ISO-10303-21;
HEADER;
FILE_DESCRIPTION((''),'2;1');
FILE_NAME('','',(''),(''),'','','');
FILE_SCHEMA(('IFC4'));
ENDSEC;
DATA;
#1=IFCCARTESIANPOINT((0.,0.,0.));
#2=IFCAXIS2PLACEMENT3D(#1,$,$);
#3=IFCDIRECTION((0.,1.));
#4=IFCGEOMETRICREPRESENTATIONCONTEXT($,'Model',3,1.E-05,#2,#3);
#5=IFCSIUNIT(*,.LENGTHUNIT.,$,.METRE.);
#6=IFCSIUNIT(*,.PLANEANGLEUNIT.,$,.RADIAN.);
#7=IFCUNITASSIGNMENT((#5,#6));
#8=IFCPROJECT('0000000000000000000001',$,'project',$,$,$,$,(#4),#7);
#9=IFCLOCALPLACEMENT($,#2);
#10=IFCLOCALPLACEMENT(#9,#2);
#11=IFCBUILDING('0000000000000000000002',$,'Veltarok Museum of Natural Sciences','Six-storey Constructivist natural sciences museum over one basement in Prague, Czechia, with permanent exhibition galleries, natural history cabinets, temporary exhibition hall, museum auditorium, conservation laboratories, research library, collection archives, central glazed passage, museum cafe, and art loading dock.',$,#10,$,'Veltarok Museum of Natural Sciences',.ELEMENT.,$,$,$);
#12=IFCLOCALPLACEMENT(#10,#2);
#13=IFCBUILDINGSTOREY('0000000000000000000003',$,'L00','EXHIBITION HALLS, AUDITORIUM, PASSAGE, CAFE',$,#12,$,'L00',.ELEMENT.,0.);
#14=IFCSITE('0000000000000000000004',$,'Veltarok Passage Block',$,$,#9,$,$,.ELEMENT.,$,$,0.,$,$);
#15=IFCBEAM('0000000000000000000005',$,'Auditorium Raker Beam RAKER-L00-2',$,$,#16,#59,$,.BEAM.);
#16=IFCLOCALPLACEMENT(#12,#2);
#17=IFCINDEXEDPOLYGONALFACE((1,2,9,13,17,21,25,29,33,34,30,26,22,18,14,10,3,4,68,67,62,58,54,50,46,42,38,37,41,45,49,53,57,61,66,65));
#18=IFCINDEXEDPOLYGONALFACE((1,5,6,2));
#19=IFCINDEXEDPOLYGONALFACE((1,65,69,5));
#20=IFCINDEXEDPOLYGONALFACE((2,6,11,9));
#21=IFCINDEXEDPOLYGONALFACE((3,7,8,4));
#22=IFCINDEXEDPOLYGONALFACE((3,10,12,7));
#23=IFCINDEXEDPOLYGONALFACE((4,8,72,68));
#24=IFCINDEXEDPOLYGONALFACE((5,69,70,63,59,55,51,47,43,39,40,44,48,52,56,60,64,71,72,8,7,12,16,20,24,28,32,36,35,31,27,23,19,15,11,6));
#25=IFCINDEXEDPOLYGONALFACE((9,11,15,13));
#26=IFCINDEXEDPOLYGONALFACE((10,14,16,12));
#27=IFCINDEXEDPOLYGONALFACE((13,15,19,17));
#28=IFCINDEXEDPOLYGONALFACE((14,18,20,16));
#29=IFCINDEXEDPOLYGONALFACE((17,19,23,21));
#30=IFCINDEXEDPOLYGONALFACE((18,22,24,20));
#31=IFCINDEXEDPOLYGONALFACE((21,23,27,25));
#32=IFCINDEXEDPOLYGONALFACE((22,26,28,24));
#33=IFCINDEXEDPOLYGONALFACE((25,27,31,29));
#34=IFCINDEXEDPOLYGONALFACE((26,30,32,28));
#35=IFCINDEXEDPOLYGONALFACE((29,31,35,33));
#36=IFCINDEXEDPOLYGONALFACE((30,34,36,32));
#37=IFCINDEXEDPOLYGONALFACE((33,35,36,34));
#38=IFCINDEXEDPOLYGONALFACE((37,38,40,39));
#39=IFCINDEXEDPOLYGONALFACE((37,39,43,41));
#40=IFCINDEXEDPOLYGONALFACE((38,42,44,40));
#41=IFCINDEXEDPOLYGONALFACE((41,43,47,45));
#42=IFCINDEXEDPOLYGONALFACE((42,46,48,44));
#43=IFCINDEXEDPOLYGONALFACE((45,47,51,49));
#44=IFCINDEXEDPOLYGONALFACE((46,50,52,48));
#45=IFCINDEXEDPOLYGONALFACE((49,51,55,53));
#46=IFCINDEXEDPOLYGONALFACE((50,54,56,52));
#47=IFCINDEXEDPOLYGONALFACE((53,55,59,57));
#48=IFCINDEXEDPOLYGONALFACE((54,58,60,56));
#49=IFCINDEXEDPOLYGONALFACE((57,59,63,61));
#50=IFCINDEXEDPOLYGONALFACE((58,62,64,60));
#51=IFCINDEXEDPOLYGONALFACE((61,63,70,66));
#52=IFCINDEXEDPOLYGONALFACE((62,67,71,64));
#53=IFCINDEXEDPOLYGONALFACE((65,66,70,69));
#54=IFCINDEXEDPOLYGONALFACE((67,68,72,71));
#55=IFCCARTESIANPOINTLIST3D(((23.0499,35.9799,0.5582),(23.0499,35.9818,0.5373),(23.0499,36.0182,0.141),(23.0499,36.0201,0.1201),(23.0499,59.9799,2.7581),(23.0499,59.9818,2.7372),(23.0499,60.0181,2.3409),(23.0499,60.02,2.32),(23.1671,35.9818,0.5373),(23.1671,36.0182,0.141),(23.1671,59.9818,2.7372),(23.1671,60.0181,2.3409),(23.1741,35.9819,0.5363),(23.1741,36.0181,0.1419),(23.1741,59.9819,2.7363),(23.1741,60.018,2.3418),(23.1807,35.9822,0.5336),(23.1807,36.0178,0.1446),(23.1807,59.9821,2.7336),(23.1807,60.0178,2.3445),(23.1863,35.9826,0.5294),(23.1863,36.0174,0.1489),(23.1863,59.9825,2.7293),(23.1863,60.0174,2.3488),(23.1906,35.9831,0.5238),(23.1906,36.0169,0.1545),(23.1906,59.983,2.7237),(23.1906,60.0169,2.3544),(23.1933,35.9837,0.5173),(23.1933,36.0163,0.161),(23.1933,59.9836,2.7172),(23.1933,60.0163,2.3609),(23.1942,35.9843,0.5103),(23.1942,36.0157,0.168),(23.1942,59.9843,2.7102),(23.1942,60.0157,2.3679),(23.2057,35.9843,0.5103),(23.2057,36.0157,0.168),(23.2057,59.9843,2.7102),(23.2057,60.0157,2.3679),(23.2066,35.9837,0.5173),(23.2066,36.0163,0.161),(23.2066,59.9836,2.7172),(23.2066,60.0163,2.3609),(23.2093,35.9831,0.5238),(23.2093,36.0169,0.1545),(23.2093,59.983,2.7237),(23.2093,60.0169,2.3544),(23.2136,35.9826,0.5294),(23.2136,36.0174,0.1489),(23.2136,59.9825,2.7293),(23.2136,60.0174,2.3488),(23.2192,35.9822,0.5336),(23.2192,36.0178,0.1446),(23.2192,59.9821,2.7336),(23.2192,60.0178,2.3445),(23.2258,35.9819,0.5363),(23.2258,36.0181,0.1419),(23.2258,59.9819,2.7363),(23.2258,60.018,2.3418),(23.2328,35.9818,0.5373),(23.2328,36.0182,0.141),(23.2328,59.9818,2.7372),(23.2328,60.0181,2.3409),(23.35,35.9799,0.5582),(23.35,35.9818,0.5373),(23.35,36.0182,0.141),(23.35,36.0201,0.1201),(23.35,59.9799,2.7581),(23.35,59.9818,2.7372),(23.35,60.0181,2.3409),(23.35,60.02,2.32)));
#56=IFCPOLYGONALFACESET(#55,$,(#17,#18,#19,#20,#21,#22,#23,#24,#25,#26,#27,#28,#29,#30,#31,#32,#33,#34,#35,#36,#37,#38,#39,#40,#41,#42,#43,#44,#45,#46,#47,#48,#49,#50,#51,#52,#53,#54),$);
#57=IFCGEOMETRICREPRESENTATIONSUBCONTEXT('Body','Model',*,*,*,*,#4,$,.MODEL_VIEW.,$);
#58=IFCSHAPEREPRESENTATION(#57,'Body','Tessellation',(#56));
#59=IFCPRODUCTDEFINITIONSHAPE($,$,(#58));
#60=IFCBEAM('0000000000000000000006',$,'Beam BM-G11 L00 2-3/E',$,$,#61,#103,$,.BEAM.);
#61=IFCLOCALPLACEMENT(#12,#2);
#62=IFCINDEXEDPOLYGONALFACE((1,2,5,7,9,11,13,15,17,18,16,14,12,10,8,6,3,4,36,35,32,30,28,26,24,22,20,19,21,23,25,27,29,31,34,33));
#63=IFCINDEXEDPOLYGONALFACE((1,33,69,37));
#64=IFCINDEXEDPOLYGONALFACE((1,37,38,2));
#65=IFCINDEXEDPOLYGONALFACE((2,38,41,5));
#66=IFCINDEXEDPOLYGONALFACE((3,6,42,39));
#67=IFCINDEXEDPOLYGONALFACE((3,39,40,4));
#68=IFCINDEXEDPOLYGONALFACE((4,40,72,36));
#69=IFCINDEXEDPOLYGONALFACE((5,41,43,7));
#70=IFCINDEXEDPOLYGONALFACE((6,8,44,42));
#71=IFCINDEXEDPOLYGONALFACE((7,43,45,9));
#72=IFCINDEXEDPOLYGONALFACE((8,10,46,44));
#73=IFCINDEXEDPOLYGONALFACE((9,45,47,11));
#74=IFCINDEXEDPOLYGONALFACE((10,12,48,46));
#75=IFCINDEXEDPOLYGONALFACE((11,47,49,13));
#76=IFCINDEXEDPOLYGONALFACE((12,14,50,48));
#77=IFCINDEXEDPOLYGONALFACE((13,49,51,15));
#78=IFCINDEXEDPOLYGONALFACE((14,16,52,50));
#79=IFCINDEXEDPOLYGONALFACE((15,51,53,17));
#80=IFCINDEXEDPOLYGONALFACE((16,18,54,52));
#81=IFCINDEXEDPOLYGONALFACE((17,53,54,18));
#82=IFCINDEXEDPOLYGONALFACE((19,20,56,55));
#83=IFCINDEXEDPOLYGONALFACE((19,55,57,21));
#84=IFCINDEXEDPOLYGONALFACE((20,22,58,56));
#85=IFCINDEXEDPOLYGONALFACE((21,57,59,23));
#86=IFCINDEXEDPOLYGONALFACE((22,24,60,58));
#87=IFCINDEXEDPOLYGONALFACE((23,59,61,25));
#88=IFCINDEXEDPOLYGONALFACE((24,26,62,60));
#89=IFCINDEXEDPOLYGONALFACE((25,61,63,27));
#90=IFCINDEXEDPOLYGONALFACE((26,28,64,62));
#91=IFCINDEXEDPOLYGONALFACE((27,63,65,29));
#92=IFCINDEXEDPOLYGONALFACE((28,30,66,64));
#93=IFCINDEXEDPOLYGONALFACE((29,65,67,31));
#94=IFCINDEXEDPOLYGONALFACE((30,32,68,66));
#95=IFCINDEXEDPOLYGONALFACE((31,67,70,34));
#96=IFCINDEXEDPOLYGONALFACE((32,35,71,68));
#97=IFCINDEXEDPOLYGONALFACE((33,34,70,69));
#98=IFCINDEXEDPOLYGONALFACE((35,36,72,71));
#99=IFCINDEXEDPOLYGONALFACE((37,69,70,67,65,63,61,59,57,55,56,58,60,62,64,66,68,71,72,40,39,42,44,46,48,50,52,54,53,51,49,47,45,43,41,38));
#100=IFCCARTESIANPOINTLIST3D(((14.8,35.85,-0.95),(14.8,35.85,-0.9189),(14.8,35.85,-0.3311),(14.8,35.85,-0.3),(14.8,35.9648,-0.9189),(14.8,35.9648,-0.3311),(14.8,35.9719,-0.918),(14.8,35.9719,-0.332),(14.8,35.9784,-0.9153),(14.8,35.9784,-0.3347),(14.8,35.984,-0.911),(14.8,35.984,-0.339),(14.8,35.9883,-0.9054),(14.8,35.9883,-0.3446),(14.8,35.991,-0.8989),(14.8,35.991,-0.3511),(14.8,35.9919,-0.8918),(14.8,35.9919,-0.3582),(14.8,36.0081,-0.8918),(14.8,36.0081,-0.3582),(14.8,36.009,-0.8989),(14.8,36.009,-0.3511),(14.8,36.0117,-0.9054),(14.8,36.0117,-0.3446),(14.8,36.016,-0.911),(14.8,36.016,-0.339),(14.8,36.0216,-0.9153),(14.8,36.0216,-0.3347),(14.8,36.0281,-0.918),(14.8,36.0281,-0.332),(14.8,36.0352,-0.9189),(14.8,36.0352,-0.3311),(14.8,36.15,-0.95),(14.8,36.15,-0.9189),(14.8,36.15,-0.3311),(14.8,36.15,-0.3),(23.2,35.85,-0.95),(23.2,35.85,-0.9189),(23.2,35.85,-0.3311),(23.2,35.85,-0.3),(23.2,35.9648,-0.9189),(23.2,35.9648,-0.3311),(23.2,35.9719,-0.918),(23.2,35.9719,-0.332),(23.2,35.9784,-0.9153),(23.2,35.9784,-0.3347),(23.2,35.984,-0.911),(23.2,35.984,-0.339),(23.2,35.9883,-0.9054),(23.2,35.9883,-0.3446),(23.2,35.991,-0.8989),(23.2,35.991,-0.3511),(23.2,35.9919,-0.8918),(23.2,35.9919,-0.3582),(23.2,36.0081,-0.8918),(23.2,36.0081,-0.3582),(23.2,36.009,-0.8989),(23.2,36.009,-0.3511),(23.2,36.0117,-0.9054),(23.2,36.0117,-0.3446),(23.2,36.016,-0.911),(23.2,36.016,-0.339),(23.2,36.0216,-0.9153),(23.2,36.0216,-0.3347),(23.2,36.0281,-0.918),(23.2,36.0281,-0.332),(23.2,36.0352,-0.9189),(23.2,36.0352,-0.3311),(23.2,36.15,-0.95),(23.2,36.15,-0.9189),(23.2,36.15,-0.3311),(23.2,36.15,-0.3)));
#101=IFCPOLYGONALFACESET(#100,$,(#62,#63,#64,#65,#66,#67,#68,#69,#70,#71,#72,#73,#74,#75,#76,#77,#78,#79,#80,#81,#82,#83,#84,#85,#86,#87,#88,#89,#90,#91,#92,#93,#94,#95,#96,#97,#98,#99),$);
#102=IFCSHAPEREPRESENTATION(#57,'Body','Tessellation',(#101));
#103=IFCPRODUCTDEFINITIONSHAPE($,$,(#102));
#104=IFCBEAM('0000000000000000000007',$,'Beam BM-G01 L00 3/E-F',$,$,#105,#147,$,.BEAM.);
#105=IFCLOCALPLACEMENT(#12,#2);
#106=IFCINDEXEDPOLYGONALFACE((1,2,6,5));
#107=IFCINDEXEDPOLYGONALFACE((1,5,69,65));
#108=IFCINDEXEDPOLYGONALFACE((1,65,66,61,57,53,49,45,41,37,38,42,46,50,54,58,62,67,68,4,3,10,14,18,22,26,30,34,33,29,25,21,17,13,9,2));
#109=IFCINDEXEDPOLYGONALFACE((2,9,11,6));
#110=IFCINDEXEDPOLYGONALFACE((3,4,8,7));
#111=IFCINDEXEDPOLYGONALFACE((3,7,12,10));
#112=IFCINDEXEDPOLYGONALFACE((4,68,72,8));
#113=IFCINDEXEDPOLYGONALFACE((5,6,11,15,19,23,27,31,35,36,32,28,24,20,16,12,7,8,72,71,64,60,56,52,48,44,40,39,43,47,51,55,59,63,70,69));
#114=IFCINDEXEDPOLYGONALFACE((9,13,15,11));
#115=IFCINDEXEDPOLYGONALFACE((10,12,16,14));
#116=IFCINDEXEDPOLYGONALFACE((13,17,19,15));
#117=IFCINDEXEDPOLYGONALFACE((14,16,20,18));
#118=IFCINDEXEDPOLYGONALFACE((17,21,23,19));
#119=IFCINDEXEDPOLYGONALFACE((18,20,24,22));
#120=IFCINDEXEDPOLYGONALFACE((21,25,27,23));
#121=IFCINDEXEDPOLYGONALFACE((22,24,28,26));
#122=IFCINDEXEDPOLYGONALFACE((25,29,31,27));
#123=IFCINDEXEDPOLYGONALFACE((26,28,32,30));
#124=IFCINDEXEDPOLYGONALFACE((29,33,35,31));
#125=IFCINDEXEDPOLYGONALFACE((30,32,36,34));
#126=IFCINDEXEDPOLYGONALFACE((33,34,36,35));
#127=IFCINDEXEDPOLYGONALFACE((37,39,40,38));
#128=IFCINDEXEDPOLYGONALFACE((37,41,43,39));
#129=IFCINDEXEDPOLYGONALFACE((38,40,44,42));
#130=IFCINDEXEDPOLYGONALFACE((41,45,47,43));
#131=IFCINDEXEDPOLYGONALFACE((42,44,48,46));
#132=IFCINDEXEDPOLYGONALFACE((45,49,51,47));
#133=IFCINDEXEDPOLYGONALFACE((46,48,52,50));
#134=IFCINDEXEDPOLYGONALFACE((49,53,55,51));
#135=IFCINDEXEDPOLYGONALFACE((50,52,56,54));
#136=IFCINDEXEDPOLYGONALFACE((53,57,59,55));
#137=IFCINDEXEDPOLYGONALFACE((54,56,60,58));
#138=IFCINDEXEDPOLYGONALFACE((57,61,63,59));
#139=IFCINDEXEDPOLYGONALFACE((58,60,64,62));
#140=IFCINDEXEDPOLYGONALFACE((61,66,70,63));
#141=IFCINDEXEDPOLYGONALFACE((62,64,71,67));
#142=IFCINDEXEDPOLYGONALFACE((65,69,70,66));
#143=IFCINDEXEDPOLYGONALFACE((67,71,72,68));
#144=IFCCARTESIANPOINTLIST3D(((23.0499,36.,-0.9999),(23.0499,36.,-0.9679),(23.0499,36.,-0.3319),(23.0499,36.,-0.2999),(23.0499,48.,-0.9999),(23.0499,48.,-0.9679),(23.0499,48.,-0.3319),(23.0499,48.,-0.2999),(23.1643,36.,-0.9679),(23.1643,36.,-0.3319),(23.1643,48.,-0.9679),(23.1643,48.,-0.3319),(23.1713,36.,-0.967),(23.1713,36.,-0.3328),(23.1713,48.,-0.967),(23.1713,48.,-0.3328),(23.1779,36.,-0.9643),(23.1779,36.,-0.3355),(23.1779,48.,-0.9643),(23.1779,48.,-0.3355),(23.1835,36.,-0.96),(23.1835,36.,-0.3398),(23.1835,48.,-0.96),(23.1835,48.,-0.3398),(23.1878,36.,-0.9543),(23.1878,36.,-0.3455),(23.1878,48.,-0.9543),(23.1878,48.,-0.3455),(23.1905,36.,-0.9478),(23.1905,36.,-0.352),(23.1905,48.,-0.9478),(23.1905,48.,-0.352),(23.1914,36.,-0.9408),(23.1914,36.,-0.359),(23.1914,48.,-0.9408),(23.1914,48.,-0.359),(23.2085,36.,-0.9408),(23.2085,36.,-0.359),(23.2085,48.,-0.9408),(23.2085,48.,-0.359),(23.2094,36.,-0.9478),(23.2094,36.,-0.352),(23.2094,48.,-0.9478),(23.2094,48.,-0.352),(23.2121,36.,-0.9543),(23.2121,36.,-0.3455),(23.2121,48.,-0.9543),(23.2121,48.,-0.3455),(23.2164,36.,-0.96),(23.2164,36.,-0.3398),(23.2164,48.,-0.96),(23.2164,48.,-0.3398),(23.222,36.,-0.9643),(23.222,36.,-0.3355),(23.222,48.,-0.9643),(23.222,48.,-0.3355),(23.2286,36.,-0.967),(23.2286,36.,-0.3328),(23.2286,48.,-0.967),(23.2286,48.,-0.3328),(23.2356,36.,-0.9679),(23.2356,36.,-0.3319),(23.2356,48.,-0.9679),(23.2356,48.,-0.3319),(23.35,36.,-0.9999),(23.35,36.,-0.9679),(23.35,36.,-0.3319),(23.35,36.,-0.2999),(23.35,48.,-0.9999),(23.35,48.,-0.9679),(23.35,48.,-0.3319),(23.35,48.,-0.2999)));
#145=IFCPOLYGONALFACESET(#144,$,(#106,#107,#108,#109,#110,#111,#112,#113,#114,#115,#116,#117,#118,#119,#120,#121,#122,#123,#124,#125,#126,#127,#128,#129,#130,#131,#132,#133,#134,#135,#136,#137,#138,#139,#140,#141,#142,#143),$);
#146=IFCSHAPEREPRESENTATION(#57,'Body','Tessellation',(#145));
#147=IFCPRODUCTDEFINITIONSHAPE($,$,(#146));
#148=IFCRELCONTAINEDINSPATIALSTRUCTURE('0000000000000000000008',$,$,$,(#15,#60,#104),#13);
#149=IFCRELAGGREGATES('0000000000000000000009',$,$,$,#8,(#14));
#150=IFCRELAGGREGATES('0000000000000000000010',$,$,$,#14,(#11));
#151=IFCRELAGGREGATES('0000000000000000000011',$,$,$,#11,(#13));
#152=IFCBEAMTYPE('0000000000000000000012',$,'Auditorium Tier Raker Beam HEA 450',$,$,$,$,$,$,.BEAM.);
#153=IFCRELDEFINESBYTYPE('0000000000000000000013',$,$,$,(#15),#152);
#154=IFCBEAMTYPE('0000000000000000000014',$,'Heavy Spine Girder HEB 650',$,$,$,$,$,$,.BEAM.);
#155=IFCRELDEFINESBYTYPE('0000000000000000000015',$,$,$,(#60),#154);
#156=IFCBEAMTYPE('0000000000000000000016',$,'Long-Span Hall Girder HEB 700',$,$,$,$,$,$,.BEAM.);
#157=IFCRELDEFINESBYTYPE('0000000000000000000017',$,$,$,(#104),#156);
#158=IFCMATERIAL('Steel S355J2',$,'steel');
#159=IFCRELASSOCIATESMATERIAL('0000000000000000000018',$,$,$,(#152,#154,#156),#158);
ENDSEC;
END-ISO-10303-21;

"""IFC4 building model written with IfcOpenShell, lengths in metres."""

from ifc_helpers import new_model, si_unit, direction, frame, origin, origin_2d, place, context, subcontext, project, spatial, i_section, extrude, material, material_profile, profile_set, type_object, element, save


model = new_model("IFC4")

# Units and contexts
model_context = context("Model", 3, precision=1e-05, world=origin(), true_north=direction((0.0, 1.0)))
body_context = subcontext(model_context, "Body", "Model", "MODEL_VIEW")
ifc_project = project(units=[si_unit("LENGTHUNIT", "METRE"), si_unit("PLANEANGLEUNIT", "RADIAN")], contexts=[model_context])

# Site, building, storey
site_placement = place(None, origin())
site = spatial("IfcSite", under=ifc_project, at=site_placement, Name="Veltarok Passage Block", CompositionType="ELEMENT", RefElevation=0.0)
building_placement = place(site_placement, origin())
building = spatial("IfcBuilding", under=site, at=building_placement, Name="Veltarok Museum of Natural Sciences", Description="Six-storey Constructivist natural sciences museum over one basement in Prague, Czechia, with permanent exhibition galleries, natural history cabinets, temporary exhibition hall, museum auditorium, conservation laboratories, research library, collection archives, central glazed passage, museum cafe, and art loading dock.", LongName="Veltarok Museum of Natural Sciences", CompositionType="ELEMENT")
storey_placement = place(building_placement, origin())
storey = spatial("IfcBuildingStorey", under=building, at=storey_placement, Name="L00", Description="EXHIBITION HALLS, AUDITORIUM, PASSAGE, CAFE", LongName="L00", CompositionType="ELEMENT", Elevation=0.0)

# Shared definitions
ifc_material_1 = material(Name="Steel S355J2", Category="steel")

# Beams
ifc_material_profile_1 = material_profile(ifc_material_1, i_section(OverallWidth=0.3, OverallDepth=0.4399, WebThickness=0.0115, FlangeThickness=0.021, FilletRadius=0.0271, at=origin_2d()), Name="HEA 450")
ifc_profile_set_1 = profile_set([ifc_material_profile_1], Name="Steel S355J2")
beam_type_1 = type_object("IfcBeamType", Name="Auditorium Tier Raker Beam HEA 450", PredefinedType="BEAM", material=ifc_profile_set_1)
for number, where, z_axis, x_axis, name in (
    (1, (23.2, 36.0, 0.3391), (0.0, 0.995825, 0.091282), (-1.0, 0.0, 0.0), "Auditorium Raker Beam RAKER-L00-2"),
):
    element("IfcBeam", number, at=place(storey_placement, frame(where, z_axis=z_axis, x_axis=x_axis)), inside=storey, type_object=beam_type_1, Name=name, PredefinedType="BEAM", context=body_context, shape_type="SweptSolid", body=[
        extrude(i_section(OverallWidth=0.3, OverallDepth=0.4399, WebThickness=0.0115, FlangeThickness=0.021, FilletRadius=0.0271, at=origin_2d()), origin(), (0.0, 0.0, 1.0), 24.1006),
    ])
ifc_material_profile_2 = material_profile(ifc_material_1, i_section(OverallWidth=0.3, OverallDepth=0.6499, WebThickness=0.0161, FlangeThickness=0.031, FilletRadius=0.0271, at=origin_2d()), Name="HEB 650")
ifc_profile_set_2 = profile_set([ifc_material_profile_2], Name="Steel S355J2")
beam_type_2 = type_object("IfcBeamType", Name="Heavy Spine Girder HEB 650", PredefinedType="BEAM", material=ifc_profile_set_2)
beam_1_placement = place(storey_placement, frame((14.8, 36.0, -0.625), z_axis=(1.0, 0.0, 0.0), x_axis=(0.0, 1.0, 0.0)))
element("IfcBeam", 2, at=beam_1_placement, inside=storey, type_object=beam_type_2, Name="Beam BM-G11 L00 2-3/E", PredefinedType="BEAM", context=body_context, shape_type="SweptSolid", body=[
    extrude(i_section(OverallWidth=0.3, OverallDepth=0.6499, WebThickness=0.0161, FlangeThickness=0.031, FilletRadius=0.0271, at=origin_2d()), origin(), (0.0, 0.0, 1.0), 8.3999),
])
ifc_material_profile_3 = material_profile(ifc_material_1, i_section(OverallWidth=0.3, OverallDepth=0.7, WebThickness=0.0171, FlangeThickness=0.032, FilletRadius=0.0271, at=origin_2d()), Name="HEB 700")
ifc_profile_set_3 = profile_set([ifc_material_profile_3], Name="Steel S355J2")
beam_type_3 = type_object("IfcBeamType", Name="Long-Span Hall Girder HEB 700", PredefinedType="BEAM", material=ifc_profile_set_3)
beam_2_placement = place(storey_placement, frame((23.2, 36.0, -0.6499), z_axis=(0.0, 1.0, 0.0), x_axis=(-1.0, 0.0, 0.0)))
element("IfcBeam", 3, at=beam_2_placement, inside=storey, type_object=beam_type_3, Name="Beam BM-G01 L00 3/E-F", PredefinedType="BEAM", context=body_context, shape_type="SweptSolid", body=[
    extrude(i_section(OverallWidth=0.3, OverallDepth=0.7, WebThickness=0.0171, FlangeThickness=0.032, FilletRadius=0.0271, at=origin_2d()), origin(), (0.0, 0.0, 1.0), 12.0),
])

save(model, "model.ifc")
